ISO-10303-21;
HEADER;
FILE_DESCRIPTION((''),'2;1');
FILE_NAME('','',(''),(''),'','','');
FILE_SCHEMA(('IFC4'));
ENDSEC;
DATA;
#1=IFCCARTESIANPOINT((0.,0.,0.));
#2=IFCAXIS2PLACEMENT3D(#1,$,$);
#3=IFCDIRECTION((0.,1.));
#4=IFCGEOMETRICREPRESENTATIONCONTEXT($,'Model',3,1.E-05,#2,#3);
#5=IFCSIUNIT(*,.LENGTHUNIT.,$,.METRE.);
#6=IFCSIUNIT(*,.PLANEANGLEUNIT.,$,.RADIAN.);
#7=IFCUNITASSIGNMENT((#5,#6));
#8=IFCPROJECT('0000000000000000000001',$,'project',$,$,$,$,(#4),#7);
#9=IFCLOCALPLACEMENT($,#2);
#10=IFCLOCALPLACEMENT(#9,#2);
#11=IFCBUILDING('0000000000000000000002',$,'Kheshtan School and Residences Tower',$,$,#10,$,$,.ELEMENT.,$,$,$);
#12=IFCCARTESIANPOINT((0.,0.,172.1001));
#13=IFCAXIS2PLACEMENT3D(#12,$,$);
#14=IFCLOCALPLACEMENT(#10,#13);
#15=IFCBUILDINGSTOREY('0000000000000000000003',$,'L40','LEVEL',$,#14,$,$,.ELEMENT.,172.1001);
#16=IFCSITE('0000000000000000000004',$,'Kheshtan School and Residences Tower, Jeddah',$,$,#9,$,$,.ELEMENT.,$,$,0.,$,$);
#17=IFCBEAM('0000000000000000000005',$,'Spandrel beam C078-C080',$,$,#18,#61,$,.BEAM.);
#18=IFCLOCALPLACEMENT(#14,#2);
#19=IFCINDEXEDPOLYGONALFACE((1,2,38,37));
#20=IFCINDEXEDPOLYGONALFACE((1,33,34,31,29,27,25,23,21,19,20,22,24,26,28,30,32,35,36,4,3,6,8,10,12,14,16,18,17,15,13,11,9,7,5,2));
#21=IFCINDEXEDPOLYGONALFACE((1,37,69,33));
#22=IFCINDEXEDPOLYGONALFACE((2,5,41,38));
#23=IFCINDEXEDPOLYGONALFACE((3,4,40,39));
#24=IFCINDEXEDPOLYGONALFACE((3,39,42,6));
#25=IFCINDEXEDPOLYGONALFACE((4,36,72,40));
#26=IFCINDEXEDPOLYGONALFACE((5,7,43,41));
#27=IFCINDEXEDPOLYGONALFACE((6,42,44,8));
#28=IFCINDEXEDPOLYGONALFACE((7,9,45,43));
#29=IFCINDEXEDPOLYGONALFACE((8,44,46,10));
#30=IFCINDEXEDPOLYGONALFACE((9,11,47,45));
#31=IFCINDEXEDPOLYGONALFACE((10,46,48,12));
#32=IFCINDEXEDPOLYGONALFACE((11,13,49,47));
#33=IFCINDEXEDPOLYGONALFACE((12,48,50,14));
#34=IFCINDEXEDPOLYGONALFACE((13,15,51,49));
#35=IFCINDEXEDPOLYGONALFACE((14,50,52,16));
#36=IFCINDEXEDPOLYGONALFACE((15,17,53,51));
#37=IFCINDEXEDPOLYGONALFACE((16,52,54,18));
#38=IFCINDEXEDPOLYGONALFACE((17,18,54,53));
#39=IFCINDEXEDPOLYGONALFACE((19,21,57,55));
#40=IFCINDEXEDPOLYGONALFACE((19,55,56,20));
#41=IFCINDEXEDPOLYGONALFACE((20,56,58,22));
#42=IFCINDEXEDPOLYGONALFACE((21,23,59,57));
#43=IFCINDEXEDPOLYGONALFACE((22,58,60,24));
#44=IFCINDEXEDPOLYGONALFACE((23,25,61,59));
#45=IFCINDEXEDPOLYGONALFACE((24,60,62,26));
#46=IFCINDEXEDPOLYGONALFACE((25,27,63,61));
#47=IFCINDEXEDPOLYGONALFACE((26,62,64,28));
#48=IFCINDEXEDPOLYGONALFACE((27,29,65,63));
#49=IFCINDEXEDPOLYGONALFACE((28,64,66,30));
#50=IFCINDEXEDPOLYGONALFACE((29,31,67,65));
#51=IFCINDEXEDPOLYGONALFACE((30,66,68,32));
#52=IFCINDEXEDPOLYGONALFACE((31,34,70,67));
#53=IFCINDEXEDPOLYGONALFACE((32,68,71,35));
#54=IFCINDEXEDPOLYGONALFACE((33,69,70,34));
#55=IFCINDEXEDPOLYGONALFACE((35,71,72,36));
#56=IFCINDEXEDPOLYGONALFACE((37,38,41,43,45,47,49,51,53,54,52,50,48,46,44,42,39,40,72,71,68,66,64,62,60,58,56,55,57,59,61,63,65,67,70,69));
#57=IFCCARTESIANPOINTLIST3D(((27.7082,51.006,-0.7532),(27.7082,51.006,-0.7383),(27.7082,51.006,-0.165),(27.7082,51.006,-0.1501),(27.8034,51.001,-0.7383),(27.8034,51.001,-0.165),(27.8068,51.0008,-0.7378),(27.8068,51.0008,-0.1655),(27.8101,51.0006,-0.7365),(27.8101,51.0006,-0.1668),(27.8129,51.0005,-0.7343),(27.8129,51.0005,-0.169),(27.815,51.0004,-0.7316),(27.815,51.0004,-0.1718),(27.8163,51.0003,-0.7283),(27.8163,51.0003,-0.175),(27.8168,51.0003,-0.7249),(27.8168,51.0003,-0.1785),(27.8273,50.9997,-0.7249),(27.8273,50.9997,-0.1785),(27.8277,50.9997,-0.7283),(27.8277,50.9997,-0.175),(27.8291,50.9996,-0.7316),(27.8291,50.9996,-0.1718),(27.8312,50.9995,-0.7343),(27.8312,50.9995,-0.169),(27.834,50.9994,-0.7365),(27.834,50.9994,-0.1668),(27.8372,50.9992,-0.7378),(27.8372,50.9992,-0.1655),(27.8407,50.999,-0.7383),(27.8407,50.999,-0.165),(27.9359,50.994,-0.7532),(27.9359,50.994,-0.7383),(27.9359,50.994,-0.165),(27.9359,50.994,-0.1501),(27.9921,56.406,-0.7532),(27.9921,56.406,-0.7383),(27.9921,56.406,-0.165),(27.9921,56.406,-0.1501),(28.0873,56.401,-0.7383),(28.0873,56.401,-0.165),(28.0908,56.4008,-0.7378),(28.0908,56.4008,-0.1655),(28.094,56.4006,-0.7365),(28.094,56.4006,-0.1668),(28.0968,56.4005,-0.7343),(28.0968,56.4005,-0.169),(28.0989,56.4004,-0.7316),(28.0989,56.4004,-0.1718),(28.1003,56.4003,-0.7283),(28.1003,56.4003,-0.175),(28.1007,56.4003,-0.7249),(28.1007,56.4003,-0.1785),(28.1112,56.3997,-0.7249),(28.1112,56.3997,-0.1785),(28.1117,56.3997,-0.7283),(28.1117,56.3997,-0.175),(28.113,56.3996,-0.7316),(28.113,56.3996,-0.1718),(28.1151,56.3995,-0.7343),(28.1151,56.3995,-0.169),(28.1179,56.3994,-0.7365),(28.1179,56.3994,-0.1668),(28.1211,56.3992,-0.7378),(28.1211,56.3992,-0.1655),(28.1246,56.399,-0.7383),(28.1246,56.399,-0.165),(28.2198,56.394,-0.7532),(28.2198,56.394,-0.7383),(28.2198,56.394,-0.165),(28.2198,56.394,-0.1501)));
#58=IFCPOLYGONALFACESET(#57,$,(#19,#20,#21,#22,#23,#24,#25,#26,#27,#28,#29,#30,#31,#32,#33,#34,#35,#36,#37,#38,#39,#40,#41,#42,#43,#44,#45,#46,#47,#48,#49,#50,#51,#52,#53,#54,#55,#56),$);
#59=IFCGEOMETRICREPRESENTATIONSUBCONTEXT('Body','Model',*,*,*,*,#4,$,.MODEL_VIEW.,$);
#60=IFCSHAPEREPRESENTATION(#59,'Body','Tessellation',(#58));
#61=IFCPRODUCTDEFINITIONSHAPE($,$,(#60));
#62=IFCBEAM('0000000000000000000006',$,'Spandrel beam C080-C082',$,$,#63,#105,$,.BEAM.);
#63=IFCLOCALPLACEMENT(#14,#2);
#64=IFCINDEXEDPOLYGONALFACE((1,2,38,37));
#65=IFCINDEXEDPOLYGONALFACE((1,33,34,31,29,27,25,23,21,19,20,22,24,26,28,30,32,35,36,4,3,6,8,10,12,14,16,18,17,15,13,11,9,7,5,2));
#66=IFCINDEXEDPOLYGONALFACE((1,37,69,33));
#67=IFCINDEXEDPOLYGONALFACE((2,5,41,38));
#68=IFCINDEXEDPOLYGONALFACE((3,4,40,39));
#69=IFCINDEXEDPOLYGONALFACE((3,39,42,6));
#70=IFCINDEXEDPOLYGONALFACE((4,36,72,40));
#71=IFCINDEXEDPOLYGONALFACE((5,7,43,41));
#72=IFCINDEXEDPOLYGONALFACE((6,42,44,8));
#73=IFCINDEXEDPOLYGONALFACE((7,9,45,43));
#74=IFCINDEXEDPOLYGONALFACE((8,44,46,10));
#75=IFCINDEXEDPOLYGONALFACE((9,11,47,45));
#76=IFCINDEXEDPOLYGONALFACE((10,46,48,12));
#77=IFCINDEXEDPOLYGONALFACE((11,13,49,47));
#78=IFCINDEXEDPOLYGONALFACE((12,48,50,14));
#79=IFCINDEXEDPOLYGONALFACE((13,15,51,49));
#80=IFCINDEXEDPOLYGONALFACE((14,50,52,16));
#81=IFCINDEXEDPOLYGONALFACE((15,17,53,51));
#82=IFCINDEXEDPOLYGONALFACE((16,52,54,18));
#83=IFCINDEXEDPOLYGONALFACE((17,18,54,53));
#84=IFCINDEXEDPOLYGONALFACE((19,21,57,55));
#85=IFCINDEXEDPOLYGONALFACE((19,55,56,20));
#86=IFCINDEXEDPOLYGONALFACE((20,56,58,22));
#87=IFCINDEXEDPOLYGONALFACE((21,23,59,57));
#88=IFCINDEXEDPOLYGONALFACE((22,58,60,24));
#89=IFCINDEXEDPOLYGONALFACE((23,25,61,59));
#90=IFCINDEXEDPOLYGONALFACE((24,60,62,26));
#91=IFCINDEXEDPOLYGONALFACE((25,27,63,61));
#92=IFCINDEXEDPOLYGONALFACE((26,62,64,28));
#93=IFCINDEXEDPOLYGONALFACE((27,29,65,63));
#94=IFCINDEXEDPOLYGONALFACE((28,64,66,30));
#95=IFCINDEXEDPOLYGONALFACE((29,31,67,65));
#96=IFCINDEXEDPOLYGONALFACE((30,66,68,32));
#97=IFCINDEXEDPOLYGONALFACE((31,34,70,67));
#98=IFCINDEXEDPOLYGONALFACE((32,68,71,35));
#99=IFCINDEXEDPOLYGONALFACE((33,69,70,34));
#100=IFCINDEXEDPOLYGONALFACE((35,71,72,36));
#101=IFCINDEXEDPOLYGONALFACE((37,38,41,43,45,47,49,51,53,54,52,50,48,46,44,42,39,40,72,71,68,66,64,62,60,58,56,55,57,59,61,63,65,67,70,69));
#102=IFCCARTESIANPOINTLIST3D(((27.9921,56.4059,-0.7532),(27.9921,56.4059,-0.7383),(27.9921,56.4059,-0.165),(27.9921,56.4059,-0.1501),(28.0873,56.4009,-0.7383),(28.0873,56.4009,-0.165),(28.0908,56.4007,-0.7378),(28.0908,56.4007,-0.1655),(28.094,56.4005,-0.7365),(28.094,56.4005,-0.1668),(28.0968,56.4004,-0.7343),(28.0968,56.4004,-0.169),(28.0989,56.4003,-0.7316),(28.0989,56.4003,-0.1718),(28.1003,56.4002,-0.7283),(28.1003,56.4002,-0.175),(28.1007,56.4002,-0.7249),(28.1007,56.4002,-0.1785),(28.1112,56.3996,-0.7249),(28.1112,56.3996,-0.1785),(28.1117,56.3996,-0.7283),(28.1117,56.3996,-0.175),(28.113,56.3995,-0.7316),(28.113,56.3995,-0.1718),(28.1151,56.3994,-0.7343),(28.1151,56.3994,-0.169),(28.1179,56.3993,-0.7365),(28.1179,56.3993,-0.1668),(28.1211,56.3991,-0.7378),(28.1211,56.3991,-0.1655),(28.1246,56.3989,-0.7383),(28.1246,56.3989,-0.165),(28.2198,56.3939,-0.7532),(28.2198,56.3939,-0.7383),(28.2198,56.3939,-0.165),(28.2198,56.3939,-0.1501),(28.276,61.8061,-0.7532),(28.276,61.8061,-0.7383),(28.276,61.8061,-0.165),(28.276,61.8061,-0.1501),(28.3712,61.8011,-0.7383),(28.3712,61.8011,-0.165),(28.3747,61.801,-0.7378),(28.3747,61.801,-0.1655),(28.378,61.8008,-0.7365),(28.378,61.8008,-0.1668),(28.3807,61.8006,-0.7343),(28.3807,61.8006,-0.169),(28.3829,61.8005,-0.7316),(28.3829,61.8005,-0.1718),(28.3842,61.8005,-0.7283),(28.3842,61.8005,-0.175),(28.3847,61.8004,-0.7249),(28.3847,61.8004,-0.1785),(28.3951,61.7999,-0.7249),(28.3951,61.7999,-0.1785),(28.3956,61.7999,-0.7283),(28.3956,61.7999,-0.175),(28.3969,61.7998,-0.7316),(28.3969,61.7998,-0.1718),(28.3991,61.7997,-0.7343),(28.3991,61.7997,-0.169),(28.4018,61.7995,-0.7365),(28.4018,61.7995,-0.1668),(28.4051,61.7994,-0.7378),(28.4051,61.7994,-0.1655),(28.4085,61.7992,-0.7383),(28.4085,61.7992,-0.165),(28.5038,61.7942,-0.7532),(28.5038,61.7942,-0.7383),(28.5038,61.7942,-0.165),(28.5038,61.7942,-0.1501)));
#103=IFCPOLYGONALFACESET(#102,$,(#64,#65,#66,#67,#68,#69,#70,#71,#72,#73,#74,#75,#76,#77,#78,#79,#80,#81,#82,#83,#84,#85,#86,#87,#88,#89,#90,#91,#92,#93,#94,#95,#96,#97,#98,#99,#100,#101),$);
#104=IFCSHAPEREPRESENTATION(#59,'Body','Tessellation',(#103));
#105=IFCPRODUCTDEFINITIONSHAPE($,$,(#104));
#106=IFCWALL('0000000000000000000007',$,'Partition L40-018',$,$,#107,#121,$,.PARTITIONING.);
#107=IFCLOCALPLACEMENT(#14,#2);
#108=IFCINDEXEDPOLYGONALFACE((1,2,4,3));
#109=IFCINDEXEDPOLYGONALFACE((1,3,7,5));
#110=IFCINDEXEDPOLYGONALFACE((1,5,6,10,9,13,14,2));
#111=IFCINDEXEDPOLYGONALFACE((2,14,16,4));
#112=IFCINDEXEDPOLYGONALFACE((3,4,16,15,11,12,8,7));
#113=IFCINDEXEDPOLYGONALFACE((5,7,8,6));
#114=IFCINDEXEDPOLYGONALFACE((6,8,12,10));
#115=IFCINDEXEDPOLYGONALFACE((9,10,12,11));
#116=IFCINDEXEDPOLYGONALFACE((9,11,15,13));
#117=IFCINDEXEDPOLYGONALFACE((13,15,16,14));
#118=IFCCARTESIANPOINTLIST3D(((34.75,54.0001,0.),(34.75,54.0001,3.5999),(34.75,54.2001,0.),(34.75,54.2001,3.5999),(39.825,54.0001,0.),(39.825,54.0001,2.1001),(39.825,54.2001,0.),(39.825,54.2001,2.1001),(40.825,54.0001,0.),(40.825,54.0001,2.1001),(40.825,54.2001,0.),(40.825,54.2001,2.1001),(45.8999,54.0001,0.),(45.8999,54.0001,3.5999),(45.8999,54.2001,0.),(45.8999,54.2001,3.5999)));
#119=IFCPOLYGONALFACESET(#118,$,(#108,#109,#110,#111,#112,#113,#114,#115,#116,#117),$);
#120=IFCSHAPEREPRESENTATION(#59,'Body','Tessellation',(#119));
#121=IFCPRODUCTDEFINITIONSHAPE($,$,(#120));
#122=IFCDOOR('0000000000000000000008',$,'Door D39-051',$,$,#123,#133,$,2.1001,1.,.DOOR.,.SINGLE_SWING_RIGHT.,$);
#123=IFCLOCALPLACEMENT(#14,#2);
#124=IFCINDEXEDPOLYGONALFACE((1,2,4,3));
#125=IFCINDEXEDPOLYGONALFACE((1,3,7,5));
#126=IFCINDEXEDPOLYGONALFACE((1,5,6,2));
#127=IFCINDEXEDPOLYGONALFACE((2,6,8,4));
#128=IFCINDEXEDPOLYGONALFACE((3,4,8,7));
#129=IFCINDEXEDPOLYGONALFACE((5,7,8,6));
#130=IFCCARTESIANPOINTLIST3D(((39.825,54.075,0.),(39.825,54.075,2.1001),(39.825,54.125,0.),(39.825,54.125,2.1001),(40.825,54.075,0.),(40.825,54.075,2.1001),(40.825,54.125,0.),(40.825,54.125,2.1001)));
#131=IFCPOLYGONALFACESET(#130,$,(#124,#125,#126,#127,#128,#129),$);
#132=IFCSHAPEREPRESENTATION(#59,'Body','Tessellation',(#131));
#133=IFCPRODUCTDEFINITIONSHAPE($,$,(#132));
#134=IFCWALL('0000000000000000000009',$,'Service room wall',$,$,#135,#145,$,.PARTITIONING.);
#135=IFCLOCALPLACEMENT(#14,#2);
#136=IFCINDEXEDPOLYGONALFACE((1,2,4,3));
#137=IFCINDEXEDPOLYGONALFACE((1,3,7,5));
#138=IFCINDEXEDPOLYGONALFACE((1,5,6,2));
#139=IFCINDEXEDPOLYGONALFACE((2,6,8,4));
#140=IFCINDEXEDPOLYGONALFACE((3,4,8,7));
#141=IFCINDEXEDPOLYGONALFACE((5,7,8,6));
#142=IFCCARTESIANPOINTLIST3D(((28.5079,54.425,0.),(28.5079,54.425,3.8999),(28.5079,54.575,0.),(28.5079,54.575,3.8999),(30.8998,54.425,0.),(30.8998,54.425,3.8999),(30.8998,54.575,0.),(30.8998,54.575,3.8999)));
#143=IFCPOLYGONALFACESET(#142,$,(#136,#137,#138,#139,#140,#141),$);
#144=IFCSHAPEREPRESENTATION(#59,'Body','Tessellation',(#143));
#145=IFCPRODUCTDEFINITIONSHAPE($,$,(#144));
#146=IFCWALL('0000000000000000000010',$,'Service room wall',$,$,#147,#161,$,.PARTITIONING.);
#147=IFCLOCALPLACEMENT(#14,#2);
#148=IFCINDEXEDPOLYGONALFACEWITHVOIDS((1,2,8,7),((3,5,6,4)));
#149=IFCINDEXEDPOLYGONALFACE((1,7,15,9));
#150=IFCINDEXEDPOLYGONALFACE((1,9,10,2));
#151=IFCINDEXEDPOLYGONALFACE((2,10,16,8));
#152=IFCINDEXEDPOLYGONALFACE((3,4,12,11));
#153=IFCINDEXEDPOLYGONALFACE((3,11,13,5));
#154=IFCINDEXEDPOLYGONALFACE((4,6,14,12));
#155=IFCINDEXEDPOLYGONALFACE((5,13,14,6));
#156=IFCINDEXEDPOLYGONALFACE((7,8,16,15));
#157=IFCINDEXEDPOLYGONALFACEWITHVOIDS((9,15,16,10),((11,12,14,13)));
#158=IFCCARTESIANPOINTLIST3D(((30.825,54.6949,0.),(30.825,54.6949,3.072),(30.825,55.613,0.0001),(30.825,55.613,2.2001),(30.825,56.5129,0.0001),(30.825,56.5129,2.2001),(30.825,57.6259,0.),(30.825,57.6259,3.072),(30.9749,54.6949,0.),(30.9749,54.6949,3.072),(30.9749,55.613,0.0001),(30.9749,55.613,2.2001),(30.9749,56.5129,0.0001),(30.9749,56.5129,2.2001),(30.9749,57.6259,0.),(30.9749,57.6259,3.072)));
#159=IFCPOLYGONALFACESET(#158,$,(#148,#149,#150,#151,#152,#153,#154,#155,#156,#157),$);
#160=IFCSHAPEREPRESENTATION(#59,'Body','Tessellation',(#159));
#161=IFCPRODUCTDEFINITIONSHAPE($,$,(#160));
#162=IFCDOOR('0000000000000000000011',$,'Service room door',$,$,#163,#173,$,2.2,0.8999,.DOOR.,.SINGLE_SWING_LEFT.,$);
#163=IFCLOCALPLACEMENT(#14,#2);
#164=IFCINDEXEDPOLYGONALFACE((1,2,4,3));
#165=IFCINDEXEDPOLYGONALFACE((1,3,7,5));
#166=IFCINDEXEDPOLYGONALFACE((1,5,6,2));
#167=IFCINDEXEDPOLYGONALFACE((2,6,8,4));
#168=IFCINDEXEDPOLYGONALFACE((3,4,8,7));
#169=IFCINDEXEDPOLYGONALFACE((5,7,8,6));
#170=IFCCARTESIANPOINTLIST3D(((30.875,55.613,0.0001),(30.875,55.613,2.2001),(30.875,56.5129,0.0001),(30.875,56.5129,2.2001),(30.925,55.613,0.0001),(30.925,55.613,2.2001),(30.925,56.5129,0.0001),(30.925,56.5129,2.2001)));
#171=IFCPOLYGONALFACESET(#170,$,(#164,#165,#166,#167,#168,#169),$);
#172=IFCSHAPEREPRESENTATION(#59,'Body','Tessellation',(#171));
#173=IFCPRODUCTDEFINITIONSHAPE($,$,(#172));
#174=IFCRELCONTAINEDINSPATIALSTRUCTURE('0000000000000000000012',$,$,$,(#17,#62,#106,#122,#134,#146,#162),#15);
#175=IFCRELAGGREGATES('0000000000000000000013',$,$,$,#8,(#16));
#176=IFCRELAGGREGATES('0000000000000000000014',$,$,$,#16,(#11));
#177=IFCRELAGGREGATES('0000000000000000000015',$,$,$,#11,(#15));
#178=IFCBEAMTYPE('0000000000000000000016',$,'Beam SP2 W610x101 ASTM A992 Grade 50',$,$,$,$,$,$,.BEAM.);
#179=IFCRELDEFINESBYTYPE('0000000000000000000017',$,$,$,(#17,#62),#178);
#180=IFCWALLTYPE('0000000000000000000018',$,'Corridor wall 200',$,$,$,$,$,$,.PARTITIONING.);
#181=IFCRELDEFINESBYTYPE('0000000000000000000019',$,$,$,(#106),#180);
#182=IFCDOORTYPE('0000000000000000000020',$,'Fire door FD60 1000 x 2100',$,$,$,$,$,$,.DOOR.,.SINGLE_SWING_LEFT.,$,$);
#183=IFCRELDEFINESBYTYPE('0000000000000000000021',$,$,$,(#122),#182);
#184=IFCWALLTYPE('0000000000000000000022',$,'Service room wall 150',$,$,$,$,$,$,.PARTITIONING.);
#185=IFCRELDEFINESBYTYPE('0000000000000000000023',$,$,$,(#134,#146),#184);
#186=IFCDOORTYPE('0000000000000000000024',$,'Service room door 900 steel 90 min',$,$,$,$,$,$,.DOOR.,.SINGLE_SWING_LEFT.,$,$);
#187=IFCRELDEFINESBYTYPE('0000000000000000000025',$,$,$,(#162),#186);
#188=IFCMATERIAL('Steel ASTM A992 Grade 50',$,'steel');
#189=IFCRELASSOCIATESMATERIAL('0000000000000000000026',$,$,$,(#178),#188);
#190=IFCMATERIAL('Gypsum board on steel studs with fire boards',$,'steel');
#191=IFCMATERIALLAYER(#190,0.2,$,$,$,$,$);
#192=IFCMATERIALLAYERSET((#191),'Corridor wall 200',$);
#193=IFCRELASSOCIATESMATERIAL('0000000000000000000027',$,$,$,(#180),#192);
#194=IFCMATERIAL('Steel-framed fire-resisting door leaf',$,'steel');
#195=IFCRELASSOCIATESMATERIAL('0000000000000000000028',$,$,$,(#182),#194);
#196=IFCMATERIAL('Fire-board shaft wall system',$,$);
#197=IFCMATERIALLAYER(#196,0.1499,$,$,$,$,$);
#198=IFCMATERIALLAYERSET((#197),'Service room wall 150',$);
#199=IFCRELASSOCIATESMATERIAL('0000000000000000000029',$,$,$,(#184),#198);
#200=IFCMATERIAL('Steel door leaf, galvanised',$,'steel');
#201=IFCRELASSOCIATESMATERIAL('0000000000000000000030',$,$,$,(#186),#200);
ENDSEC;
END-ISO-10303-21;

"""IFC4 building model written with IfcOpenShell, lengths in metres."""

from ifc_helpers import new_model, si_unit, direction, frame, frame_2d, origin, origin_2d, place, context, subcontext, project, spatial, rectangle, i_section, extrude, source, transform, mapped, material, layer, layer_set, material_profile, profile_set, type_object, element, fill, save


model = new_model("IFC4")

# Units and contexts
model_context = context("Model", 3, precision=1e-05, world=origin(), true_north=direction((0.0, 1.0)))
body_context = subcontext(model_context, "Body", "Model", "MODEL_VIEW")
ifc_project = project(units=[si_unit("LENGTHUNIT", "METRE"), si_unit("PLANEANGLEUNIT", "RADIAN")], contexts=[model_context])

# Site, building, storey
site_placement = place(None, origin())
site = spatial("IfcSite", under=ifc_project, at=site_placement, Name="Kheshtan School and Residences Tower, Jeddah", CompositionType="ELEMENT", RefElevation=0.0)
building_placement = place(site_placement, origin())
building = spatial("IfcBuilding", under=site, at=building_placement, Name="Kheshtan School and Residences Tower", CompositionType="ELEMENT")
storey_placement = place(building_placement, frame((0.0, 0.0, 172.1001)))
storey = spatial("IfcBuildingStorey", under=building, at=storey_placement, Name="L40", Description="LEVEL", CompositionType="ELEMENT", Elevation=172.1001)

# Shared definitions
ifc_material_1 = material(Name="Steel ASTM A992 Grade 50", Category="steel")

# Beams
ifc_material_profile_1 = material_profile(ifc_material_1, i_section(OverallWidth=0.228, OverallDepth=0.603, WebThickness=0.0105, FlangeThickness=0.0149, FilletRadius=0.0134, at=origin_2d()), Name="W610x101")
ifc_profile_set_1 = profile_set([ifc_material_profile_1], Name="Steel ASTM A992 Grade 50")
beam_type = type_object("IfcBeamType", Name="Beam SP2 W610x101 ASTM A992 Grade 50", PredefinedType="BEAM", material=ifc_profile_set_1)
for number, where, z_axis, x_axis, name in (
    (1, (27.822, 51.0, -0.4517), (0.052509, 0.99862, 0.0), (-0.99862, 0.052509, 0.0), "Spandrel beam C078-C080"),
):
    element("IfcBeam", number, at=place(storey_placement, frame(where, z_axis=z_axis, x_axis=x_axis)), inside=storey, type_object=beam_type, Name=name, PredefinedType="BEAM", context=body_context, shape_type="SweptSolid", body=[
        extrude(i_section(OverallWidth=0.228, OverallDepth=0.603, WebThickness=0.0105, FlangeThickness=0.0149, FilletRadius=0.0134, at=origin_2d()), origin(), (0.0, 0.0, 1.0), 5.4075),
    ])
beam_placement = place(storey_placement, frame((28.106, 56.3999, -0.4517), z_axis=(0.052507, 0.998621, 0.0), x_axis=(-0.998621, 0.052507, 0.0)))
element("IfcBeam", 2, at=beam_placement, inside=storey, type_object=beam_type, Name="Spandrel beam C080-C082", PredefinedType="BEAM", context=body_context, shape_type="SweptSolid", body=[
    extrude(i_section(OverallWidth=0.228, OverallDepth=0.603, WebThickness=0.0105, FlangeThickness=0.0149, FilletRadius=0.0134, at=origin_2d()), origin(), (0.0, 0.0, 1.0), 5.4077),
])

# Wall, opening, door
ifc_material_2 = material(Name="Gypsum board on steel studs with fire boards", Category="steel")
ifc_layer_1 = layer(ifc_material_2, 0.2)
ifc_layer_set_1 = layer_set([ifc_layer_1], Name="Corridor wall 200")
wall_type_1 = type_object("IfcWallType", Name="Corridor wall 200", PredefinedType="PARTITIONING", material=ifc_layer_set_1)
wall_1_placement = place(storey_placement, frame((34.75, 54.1001, 0.0), z_axis=(0.0, 0.0, 1.0), x_axis=(1.0, 0.0, 0.0)))
wall_1 = element("IfcWall", 3, at=wall_1_placement, inside=storey, type_object=wall_type_1, Name="Partition L40-018", PredefinedType="PARTITIONING", context=body_context, shape_type="SweptSolid", body=[
    extrude(rectangle(XDim=11.1499, YDim=0.2, at=frame_2d((5.575, 0.0))), origin(), (0.0, 0.0, 1.0), 3.5999),
])
opening_1_placement = place(wall_1_placement, frame((5.075, 0.0, 0.0)))
opening_1 = element("IfcOpeningElement", 4, at=opening_1_placement, cuts=wall_1, PredefinedType="OPENING", context=body_context, shape_type="SweptSolid", body=[
    extrude(rectangle(XDim=1.0, YDim=2.1001, at=frame_2d((0.5, 1.05))), frame((0.0, 0.1099, 0.0), z_axis=(0.0, -1.0, 0.0), x_axis=(1.0, 0.0, 0.0)), (0.0, 0.0, 1.0), 0.22),
])
ifc_material_3 = material(Name="Steel-framed fire-resisting door leaf", Category="steel")
door_type_1 = type_object("IfcDoorType", Name="Fire door FD60 1000 x 2100", OperationType="SINGLE_SWING_LEFT", PredefinedType="DOOR", material=ifc_material_3)
shared_shape_1 = source(origin(), body_context, "Body", "SweptSolid", [
    extrude(rectangle(XDim=1.0, YDim=2.1001, at=frame_2d((0.5, 1.05))), frame((0.0, 0.0249, 0.0), z_axis=(0.0, -1.0, 0.0), x_axis=(1.0, 0.0, 0.0)), (0.0, 0.0, 1.0), 0.05),
])
door_1_placement = place(opening_1_placement, origin())
door_1 = element("IfcDoor", 5, at=door_1_placement, inside=storey, type_object=door_type_1, Name="Door D39-051", OperationType="SINGLE_SWING_RIGHT", OverallHeight=2.1001, OverallWidth=1.0, PredefinedType="DOOR", context=body_context, shape_type="MappedRepresentation", body=[
    mapped(shared_shape_1, transform((0.0, 0.0, 0.0), x_axis=(1.0, 0.0, 0.0), y_axis=(0.0, 1.0, 0.0), z_axis=(0.0, 0.0, 1.0), scale=1.0)),
])
fill(opening_1, door_1)

# Wall
ifc_material_4 = material(Name="Fire-board shaft wall system")
ifc_layer_2 = layer(ifc_material_4, 0.1499)
ifc_layer_set_2 = layer_set([ifc_layer_2], Name="Service room wall 150")
wall_type_2 = type_object("IfcWallType", Name="Service room wall 150", PredefinedType="PARTITIONING", material=ifc_layer_set_2)
wall_2_placement = place(storey_placement, frame((28.5081, 54.5, 0.0), z_axis=(0.0, 0.0, 1.0), x_axis=(1.0, 0.0, 0.0)))
element("IfcWall", 6, at=wall_2_placement, inside=storey, type_object=wall_type_2, Name="Service room wall", PredefinedType="PARTITIONING", context=body_context, shape_type="SweptSolid", body=[
    extrude(rectangle(XDim=2.3918, YDim=0.1499, at=frame_2d((1.1958, 0.0))), origin(), (0.0, 0.0, 1.0), 3.8999),
])

# Wall, opening, door
wall_3_placement = place(storey_placement, frame((30.8999, 54.6951, 0.0), z_axis=(0.0, 0.0, 1.0), x_axis=(0.0, 1.0, 0.0)))
wall_3 = element("IfcWall", 7, at=wall_3_placement, inside=storey, type_object=wall_type_2, Name="Service room wall", PredefinedType="PARTITIONING", context=body_context, shape_type="SweptSolid", body=[
    extrude(rectangle(XDim=2.9309, YDim=0.1499, at=frame_2d((1.4653, 0.0))), origin(), (0.0, 0.0, 1.0), 3.072),
])
opening_2_placement = place(wall_3_placement, frame((0.918, 0.0, 0.0)))
opening_2 = element("IfcOpeningElement", 8, at=opening_2_placement, cuts=wall_3, PredefinedType="OPENING", context=body_context, shape_type="SweptSolid", body=[
    extrude(rectangle(XDim=0.8999, YDim=2.2, at=frame_2d((0.45, 1.1001))), frame((0.0, 0.085, 0.0), z_axis=(0.0, -1.0, 0.0), x_axis=(1.0, 0.0, 0.0)), (0.0, 0.0, 1.0), 0.1699),
])
ifc_material_5 = material(Name="Steel door leaf, galvanised", Category="steel")
door_type_2 = type_object("IfcDoorType", Name="Service room door 900 steel 90 min", OperationType="SINGLE_SWING_LEFT", PredefinedType="DOOR", material=ifc_material_5)
shared_shape_2 = source(origin(), body_context, "Body", "SweptSolid", [
    extrude(rectangle(XDim=0.8999, YDim=2.2, at=frame_2d((0.45, 1.1001))), frame((0.0, 0.0249, 0.0), z_axis=(0.0, -1.0, 0.0), x_axis=(1.0, 0.0, 0.0)), (0.0, 0.0, 1.0), 0.05),
])
door_2_placement = place(opening_2_placement, origin())
door_2 = element("IfcDoor", 9, at=door_2_placement, inside=storey, type_object=door_type_2, Name="Service room door", OperationType="SINGLE_SWING_LEFT", OverallHeight=2.2, OverallWidth=0.8999, PredefinedType="DOOR", context=body_context, shape_type="MappedRepresentation", body=[
    mapped(shared_shape_2, transform((0.0, 0.0, 0.0), x_axis=(1.0, 0.0, 0.0), y_axis=(0.0, 1.0, 0.0), z_axis=(0.0, 0.0, 1.0), scale=1.0)),
])
fill(opening_2, door_2)

save(model, "model.ifc")
